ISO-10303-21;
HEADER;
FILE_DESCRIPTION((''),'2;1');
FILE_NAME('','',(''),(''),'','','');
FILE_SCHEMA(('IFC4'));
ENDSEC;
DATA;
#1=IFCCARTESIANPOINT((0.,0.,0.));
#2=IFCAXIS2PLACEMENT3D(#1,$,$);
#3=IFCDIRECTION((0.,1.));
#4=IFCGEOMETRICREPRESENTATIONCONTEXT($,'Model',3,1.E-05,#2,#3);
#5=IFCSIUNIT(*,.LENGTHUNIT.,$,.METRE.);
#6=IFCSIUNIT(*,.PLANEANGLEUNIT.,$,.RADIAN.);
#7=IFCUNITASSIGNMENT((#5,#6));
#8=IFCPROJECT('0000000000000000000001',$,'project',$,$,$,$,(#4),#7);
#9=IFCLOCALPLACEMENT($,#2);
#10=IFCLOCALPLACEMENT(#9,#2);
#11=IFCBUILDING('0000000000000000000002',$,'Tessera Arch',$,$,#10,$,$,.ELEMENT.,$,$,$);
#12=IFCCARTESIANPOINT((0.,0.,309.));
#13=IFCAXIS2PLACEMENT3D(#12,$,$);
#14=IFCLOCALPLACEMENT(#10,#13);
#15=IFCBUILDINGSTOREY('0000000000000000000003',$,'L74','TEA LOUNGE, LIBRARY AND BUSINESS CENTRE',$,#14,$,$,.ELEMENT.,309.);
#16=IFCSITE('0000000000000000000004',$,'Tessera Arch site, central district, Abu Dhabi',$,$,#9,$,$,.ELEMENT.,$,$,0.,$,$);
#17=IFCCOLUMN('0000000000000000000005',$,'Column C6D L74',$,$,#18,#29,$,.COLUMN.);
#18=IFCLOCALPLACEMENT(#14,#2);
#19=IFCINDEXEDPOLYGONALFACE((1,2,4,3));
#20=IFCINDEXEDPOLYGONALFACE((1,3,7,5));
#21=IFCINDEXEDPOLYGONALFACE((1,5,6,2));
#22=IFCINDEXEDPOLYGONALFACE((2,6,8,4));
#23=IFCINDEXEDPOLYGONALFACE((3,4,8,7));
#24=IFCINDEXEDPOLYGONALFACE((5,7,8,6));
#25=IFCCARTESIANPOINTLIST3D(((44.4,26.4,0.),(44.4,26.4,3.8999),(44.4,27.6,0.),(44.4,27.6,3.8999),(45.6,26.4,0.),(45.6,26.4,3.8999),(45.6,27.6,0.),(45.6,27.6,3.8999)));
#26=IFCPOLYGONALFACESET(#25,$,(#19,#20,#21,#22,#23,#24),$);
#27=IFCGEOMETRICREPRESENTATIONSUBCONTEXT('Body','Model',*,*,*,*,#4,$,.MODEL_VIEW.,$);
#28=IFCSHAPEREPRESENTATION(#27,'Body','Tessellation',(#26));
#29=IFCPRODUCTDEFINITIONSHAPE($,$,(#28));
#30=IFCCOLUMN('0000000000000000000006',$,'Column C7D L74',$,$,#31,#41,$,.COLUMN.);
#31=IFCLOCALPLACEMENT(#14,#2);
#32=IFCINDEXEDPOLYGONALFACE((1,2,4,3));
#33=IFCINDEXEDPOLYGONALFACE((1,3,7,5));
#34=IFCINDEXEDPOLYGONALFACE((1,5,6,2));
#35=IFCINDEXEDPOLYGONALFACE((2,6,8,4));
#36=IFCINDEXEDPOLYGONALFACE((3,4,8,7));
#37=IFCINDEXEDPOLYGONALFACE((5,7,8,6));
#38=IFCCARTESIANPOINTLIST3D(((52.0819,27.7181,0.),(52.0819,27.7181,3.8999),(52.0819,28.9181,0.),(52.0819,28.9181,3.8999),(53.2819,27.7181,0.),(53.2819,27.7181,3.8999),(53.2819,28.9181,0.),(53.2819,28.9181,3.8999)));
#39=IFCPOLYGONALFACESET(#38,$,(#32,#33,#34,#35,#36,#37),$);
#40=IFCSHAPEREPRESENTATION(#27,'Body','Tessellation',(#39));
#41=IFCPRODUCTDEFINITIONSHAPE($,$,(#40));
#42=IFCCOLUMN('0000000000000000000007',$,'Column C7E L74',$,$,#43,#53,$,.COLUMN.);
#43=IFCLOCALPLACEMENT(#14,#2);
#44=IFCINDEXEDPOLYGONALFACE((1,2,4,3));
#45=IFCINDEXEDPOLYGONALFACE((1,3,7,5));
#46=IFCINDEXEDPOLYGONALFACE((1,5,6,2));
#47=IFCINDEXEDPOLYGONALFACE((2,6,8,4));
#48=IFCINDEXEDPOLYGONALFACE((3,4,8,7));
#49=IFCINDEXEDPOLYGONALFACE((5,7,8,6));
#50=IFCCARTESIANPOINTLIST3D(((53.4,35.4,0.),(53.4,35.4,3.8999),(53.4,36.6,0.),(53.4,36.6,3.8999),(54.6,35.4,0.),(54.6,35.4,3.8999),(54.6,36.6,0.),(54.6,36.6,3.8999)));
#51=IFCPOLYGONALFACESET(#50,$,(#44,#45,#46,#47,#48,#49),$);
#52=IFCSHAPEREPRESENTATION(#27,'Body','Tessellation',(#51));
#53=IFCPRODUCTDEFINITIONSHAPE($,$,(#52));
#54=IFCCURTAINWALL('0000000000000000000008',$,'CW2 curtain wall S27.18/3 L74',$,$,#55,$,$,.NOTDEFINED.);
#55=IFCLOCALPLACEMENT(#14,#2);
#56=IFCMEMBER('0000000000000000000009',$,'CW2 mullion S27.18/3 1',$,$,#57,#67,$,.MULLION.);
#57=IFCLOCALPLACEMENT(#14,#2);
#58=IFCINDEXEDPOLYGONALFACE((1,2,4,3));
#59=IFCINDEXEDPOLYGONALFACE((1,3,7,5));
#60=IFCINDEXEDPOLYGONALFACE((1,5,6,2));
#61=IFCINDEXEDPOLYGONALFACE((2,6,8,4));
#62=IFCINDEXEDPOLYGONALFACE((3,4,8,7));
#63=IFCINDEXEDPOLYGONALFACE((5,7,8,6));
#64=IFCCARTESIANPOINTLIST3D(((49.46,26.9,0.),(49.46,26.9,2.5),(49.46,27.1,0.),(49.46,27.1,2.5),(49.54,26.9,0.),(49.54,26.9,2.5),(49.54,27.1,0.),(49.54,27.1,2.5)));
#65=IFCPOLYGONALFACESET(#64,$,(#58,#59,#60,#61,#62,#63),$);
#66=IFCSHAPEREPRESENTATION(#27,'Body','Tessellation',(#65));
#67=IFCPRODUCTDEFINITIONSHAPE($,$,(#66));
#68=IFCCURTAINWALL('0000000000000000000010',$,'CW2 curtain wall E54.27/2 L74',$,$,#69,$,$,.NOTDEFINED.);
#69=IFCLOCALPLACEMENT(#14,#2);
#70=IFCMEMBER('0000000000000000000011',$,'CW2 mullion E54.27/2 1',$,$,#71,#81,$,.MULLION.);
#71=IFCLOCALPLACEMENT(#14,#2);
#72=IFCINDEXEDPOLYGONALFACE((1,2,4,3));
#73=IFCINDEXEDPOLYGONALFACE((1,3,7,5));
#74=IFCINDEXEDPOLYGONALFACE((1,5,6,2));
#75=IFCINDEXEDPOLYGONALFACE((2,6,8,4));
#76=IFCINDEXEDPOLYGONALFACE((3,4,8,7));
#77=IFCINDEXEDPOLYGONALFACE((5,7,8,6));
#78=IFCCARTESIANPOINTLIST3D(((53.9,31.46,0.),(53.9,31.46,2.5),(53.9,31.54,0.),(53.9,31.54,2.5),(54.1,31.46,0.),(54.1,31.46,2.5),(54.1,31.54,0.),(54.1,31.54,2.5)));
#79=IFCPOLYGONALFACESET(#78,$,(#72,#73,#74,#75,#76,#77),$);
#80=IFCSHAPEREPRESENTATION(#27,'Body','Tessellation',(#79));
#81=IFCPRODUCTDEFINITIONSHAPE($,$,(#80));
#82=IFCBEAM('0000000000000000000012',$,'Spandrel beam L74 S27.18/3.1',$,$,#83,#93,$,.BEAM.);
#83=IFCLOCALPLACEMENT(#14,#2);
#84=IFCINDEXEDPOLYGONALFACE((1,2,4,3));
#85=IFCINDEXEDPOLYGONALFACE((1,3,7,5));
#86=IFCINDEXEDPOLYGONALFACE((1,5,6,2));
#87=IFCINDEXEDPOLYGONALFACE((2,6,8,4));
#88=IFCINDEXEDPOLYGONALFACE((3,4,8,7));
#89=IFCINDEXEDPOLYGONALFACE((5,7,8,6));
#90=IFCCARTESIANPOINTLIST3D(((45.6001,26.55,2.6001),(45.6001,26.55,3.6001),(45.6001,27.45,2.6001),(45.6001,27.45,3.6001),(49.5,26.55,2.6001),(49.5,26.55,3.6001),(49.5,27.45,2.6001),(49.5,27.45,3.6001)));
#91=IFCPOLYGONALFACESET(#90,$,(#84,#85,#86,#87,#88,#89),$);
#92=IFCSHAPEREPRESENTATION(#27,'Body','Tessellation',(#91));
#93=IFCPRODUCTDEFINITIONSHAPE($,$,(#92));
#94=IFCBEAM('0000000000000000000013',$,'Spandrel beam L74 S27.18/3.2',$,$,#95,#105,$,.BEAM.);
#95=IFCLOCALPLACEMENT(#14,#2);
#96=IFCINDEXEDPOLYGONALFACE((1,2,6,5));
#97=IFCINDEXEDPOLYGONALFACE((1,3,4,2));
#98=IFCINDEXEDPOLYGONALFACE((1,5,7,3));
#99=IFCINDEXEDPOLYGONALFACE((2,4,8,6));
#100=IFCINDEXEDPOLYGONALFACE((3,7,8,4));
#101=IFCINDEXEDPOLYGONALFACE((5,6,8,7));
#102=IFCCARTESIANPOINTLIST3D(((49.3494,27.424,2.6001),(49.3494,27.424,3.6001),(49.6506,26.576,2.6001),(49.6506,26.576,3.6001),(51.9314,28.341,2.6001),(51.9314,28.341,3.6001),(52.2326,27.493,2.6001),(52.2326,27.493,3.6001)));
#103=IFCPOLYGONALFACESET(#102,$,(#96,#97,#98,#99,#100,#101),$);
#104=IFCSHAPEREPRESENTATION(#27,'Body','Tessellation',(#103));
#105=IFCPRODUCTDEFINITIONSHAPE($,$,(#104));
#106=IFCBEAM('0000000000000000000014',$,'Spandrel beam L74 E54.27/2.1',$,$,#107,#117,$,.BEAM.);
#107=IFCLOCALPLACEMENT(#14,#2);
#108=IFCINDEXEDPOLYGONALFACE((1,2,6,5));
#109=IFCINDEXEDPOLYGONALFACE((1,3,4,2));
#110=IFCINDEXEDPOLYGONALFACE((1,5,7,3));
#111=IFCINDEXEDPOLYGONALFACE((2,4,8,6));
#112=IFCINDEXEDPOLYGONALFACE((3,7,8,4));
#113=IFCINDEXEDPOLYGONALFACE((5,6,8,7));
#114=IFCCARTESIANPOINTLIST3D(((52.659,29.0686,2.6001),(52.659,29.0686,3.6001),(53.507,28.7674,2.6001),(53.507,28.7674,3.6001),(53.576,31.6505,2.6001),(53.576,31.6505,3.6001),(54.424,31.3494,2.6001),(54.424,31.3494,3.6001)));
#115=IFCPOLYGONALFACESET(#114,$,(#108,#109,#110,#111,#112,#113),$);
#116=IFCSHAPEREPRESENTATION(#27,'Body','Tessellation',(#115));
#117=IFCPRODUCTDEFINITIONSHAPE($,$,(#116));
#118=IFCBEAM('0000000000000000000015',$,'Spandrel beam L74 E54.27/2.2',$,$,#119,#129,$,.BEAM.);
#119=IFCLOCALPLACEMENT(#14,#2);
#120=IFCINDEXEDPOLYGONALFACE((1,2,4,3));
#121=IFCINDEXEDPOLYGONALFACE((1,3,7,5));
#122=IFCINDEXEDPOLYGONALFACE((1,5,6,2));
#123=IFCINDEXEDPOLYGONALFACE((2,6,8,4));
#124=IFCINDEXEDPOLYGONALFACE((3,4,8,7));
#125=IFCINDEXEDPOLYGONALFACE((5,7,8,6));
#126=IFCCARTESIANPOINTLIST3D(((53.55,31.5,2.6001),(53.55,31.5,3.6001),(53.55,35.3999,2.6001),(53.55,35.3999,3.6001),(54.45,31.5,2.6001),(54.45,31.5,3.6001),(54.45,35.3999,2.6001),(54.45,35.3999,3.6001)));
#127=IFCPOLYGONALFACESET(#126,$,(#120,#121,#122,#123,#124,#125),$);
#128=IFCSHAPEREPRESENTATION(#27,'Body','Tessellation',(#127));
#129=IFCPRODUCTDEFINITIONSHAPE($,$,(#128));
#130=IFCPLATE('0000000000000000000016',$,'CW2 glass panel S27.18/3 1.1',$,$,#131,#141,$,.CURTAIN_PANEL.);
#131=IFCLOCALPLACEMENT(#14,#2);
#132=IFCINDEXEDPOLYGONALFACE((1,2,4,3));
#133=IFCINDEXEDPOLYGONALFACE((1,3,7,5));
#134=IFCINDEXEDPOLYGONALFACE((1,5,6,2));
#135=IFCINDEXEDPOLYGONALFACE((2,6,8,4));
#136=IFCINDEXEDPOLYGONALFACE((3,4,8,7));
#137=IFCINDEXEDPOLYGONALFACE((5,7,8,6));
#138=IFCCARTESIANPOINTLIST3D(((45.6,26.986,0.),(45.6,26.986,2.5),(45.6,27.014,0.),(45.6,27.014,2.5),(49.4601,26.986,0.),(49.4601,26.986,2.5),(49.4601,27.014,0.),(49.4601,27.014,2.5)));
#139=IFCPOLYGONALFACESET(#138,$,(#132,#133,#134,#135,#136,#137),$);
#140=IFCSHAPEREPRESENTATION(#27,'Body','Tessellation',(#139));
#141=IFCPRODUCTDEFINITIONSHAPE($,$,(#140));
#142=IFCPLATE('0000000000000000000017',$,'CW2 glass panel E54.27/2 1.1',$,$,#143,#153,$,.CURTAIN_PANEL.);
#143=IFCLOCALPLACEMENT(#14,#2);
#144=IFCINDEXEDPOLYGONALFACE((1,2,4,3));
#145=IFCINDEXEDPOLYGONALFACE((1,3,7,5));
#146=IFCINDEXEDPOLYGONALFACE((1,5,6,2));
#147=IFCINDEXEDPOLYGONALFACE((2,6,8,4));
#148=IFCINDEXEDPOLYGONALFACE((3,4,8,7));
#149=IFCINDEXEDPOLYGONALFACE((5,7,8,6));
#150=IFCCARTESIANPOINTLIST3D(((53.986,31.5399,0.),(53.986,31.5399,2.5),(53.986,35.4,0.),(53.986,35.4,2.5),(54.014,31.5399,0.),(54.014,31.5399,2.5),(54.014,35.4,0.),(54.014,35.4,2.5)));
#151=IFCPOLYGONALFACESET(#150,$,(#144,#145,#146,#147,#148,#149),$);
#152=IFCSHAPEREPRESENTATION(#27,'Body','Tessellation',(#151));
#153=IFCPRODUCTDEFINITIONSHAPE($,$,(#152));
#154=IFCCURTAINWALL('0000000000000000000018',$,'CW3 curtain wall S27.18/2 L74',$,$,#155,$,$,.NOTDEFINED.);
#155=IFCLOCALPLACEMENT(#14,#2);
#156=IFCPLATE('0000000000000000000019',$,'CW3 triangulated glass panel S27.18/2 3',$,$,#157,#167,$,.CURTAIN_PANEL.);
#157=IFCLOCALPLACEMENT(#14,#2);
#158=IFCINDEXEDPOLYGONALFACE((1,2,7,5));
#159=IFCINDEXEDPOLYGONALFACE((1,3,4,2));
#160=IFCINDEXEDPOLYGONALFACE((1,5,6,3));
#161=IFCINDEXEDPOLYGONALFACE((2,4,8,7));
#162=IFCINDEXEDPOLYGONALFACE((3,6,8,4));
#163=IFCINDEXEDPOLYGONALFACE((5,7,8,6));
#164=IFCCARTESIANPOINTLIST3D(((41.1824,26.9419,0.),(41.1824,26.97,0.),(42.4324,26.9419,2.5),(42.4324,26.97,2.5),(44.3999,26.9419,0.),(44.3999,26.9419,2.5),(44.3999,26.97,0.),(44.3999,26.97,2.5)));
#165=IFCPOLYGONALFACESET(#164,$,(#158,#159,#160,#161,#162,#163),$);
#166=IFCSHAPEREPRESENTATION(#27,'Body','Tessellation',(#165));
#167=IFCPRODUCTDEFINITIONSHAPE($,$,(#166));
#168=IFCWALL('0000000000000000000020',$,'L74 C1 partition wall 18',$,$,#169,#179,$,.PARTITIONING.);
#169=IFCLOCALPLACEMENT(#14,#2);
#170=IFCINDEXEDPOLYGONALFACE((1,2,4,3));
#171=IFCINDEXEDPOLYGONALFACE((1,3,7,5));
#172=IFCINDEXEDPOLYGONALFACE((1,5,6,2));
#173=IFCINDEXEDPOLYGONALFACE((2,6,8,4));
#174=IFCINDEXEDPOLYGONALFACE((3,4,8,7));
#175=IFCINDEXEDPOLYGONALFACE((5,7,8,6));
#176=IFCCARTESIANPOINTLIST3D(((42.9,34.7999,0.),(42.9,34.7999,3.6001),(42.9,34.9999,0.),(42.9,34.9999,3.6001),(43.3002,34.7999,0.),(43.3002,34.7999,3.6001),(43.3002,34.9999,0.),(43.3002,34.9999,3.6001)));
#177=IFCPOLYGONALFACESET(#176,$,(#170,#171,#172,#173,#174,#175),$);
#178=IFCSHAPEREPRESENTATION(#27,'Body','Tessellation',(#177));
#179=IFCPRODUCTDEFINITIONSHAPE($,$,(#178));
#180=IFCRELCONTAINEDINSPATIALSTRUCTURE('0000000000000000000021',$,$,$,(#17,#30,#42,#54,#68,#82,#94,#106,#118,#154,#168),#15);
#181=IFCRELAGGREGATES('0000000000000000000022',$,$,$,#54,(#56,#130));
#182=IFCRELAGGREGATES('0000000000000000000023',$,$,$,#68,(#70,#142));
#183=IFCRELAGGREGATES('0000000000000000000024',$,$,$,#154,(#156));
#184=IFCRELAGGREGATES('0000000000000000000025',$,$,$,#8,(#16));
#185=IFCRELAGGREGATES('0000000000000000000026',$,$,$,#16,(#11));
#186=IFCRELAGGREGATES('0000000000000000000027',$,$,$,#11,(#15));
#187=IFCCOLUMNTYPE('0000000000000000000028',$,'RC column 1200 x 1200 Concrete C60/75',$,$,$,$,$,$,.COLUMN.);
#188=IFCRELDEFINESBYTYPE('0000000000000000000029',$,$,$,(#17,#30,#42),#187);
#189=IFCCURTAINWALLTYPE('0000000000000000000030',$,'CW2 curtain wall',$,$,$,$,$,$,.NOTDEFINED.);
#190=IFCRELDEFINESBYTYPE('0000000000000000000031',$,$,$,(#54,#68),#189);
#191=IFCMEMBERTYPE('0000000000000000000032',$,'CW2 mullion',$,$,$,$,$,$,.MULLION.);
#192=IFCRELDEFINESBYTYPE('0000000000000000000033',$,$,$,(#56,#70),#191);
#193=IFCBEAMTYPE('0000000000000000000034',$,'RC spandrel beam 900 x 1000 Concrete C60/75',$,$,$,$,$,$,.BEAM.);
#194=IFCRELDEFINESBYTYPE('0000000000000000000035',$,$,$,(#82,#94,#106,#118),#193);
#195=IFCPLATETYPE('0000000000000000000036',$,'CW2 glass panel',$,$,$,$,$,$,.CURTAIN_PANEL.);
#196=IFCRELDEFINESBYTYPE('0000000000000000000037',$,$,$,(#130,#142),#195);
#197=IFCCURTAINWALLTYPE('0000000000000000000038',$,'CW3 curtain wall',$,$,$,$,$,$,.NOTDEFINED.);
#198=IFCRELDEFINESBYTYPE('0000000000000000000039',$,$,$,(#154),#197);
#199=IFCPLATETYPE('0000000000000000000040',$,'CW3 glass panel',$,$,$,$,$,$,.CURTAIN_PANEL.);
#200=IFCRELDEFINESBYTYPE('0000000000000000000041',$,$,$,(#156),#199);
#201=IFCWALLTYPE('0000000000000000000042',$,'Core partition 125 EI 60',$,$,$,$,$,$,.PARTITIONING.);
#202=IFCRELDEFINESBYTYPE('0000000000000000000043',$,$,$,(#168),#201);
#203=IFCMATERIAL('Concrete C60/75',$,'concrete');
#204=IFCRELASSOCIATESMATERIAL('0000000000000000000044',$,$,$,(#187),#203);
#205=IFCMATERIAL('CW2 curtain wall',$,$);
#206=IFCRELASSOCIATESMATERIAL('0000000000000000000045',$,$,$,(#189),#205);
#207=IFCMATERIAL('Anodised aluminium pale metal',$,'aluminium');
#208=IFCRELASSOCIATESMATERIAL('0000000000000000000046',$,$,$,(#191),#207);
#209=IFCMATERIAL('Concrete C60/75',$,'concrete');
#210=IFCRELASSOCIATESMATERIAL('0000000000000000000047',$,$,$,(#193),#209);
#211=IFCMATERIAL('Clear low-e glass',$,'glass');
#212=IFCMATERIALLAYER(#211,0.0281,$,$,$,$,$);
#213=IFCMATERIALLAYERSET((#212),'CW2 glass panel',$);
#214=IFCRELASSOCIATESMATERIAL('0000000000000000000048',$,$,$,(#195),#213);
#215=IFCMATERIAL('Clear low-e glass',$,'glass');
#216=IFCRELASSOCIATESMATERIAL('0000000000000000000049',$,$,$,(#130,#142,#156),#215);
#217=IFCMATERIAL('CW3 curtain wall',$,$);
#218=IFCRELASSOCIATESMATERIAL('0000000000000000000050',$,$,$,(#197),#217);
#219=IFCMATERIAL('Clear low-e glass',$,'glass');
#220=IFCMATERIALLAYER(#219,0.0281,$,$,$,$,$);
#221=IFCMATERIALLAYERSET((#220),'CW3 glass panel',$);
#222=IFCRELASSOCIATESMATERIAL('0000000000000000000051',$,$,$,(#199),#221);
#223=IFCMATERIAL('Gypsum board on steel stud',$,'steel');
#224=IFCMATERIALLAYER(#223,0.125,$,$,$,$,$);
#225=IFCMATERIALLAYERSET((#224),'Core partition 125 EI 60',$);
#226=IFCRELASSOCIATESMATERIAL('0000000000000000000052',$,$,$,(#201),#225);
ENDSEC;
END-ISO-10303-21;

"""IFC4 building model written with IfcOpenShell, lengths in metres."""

from ifc_helpers import new_model, si_unit, direction, frame, frame_2d, origin, origin_2d, place, context, subcontext, project, spatial, polyline, rectangle, outline, extrude, material, layer, layer_set, material_profile, profile_set, type_object, element, aggregate, save


model = new_model("IFC4")

# Units and contexts
model_context = context("Model", 3, precision=1e-05, world=origin(), true_north=direction((0.0, 1.0)))
body_context = subcontext(model_context, "Body", "Model", "MODEL_VIEW")
ifc_project = project(units=[si_unit("LENGTHUNIT", "METRE"), si_unit("PLANEANGLEUNIT", "RADIAN")], contexts=[model_context])

# Site, building, storey
site_placement = place(None, origin())
site = spatial("IfcSite", under=ifc_project, at=site_placement, Name="Tessera Arch site, central district, Abu Dhabi", CompositionType="ELEMENT", RefElevation=0.0)
building_placement = place(site_placement, origin())
building = spatial("IfcBuilding", under=site, at=building_placement, Name="Tessera Arch", CompositionType="ELEMENT")
storey_placement = place(building_placement, frame((0.0, 0.0, 309.0)))
storey = spatial("IfcBuildingStorey", under=building, at=storey_placement, Name="L74", Description="TEA LOUNGE, LIBRARY AND BUSINESS CENTRE", CompositionType="ELEMENT", Elevation=309.0)

# Columns
ifc_material_1 = material(Name="Concrete C60/75", Category="concrete")
ifc_material_profile_1 = material_profile(ifc_material_1, rectangle(XDim=1.2, YDim=1.2, at=origin_2d()), Name="RC column 1200 x 1200 Concrete C60/75")
ifc_profile_set_1 = profile_set([ifc_material_profile_1], Name="Concrete C60/75")
column_type = type_object("IfcColumnType", Name="RC column 1200 x 1200 Concrete C60/75", PredefinedType="COLUMN", material=ifc_profile_set_1)
for number, where, z_axis, x_axis, name in (
    (1, (45.0, 27.0, 0.0), (0.0, 0.0, 1.0), (1.0, 0.0, 0.0), "Column C6D L74"),
    (2, (52.6819, 28.3181, 0.0), (0.0, 0.0, 1.0), (1.0, 0.0, 0.0), "Column C7D L74"),
    (3, (54.0, 36.0, 0.0), (0.0, 0.0, 1.0), (1.0, 0.0, 0.0), "Column C7E L74"),
):
    element("IfcColumn", number, at=place(storey_placement, frame(where, z_axis=z_axis, x_axis=x_axis)), inside=storey, type_object=column_type, Name=name, PredefinedType="COLUMN", context=body_context, shape_type="SweptSolid", body=[
        extrude(rectangle(XDim=1.2, YDim=1.2, at=origin_2d()), origin(), (0.0, 0.0, 1.0), 3.8999),
    ])

# Curtain walls, members
ifc_material_2 = material(Name="CW2 curtain wall")
curtain_wall_type_1 = type_object("IfcCurtainWallType", Name="CW2 curtain wall", PredefinedType="NOTDEFINED", material=ifc_material_2)
curtain_wall_1_placement = place(storey_placement, origin())
curtain_wall_1 = element("IfcCurtainWall", 4, at=curtain_wall_1_placement, inside=storey, type_object=curtain_wall_type_1, Name="CW2 curtain wall S27.18/3 L74", PredefinedType="NOTDEFINED")
ifc_material_3 = material(Name="Anodised aluminium pale metal", Category="aluminium")
ifc_material_profile_2 = material_profile(ifc_material_3, rectangle(XDim=0.2, YDim=0.0801, at=origin_2d()), Name="AL 80x200")
ifc_profile_set_2 = profile_set([ifc_material_profile_2], Name="Anodised aluminium pale metal")
member_type = type_object("IfcMemberType", Name="CW2 mullion", PredefinedType="MULLION", material=ifc_profile_set_2)
member_1_placement = place(storey_placement, frame((49.5, 27.0, 0.0), z_axis=(0.0, 0.0, 1.0), x_axis=(0.0, 1.0, 0.0)))
member_1 = element("IfcMember", 5, at=member_1_placement, type_object=member_type, Name="CW2 mullion S27.18/3 1", PredefinedType="MULLION", context=body_context, shape_type="SweptSolid", body=[
    extrude(rectangle(XDim=0.2, YDim=0.0801, at=origin_2d()), origin(), (0.0, 0.0, 1.0), 2.5),
])
curtain_wall_2_placement = place(storey_placement, origin())
curtain_wall_2 = element("IfcCurtainWall", 6, at=curtain_wall_2_placement, inside=storey, type_object=curtain_wall_type_1, Name="CW2 curtain wall E54.27/2 L74", PredefinedType="NOTDEFINED")
member_2_placement = place(storey_placement, frame((54.0, 31.5, 0.0), z_axis=(0.0, 0.0, 1.0), x_axis=(-1.0, 0.0, 0.0)))
member_2 = element("IfcMember", 7, at=member_2_placement, type_object=member_type, Name="CW2 mullion E54.27/2 1", PredefinedType="MULLION", context=body_context, shape_type="SweptSolid", body=[
    extrude(rectangle(XDim=0.2, YDim=0.0801, at=origin_2d()), origin(), (0.0, 0.0, 1.0), 2.5),
])

# Beams
ifc_material_4 = material(Name="Concrete C60/75", Category="concrete")
ifc_material_profile_3 = material_profile(ifc_material_4, rectangle(XDim=0.8999, YDim=1.0, at=origin_2d()), Name="RC spandrel beam 900 x 1000 Concrete C60/75")
ifc_profile_set_3 = profile_set([ifc_material_profile_3], Name="Concrete C60/75")
beam_type = type_object("IfcBeamType", Name="RC spandrel beam 900 x 1000 Concrete C60/75", PredefinedType="BEAM", material=ifc_profile_set_3)
beam_1_placement = place(storey_placement, frame((45.6001, 27.0, 3.1001), z_axis=(1.0, 0.0, 0.0), x_axis=(0.0, 1.0, 0.0)))
element("IfcBeam", 8, at=beam_1_placement, inside=storey, type_object=beam_type, Name="Spandrel beam L74 S27.18/3.1", PredefinedType="BEAM", context=body_context, shape_type="SweptSolid", body=[
    extrude(rectangle(XDim=0.8999, YDim=1.0, at=origin_2d()), origin(), (0.0, 0.0, 1.0), 3.8999),
])
for number, where, z_axis, x_axis, name in (
    (9, (49.5, 27.0, 3.1001), (0.942337, 0.334665, 0.0), (-0.334665, 0.942337, 0.0), "Spandrel beam L74 S27.18/3.2"),
    (10, (53.083, 28.918, 3.1001), (0.334665, 0.942337, 0.0), (-0.942337, 0.334665, 0.0), "Spandrel beam L74 E54.27/2.1"),
):
    element("IfcBeam", number, at=place(storey_placement, frame(where, z_axis=z_axis, x_axis=x_axis)), inside=storey, type_object=beam_type, Name=name, PredefinedType="BEAM", context=body_context, shape_type="SweptSolid", body=[
        extrude(rectangle(XDim=0.8999, YDim=1.0, at=origin_2d()), origin(), (0.0, 0.0, 1.0), 2.74),
    ])
beam_2_placement = place(storey_placement, frame((54.0, 31.5, 3.1001), z_axis=(0.0, 1.0, 0.0), x_axis=(-1.0, 0.0, 0.0)))
element("IfcBeam", 11, at=beam_2_placement, inside=storey, type_object=beam_type, Name="Spandrel beam L74 E54.27/2.2", PredefinedType="BEAM", context=body_context, shape_type="SweptSolid", body=[
    extrude(rectangle(XDim=0.8999, YDim=1.0, at=origin_2d()), origin(), (0.0, 0.0, 1.0), 3.8999),
])

# Plates
ifc_material_5 = material(Name="Clear low-e glass", Category="glass")
ifc_material_6 = material(Name="Clear low-e glass", Category="glass")
ifc_layer_1 = layer(ifc_material_6, 0.0281)
ifc_layer_set_1 = layer_set([ifc_layer_1], Name="CW2 glass panel")
plate_type_1 = type_object("IfcPlateType", Name="CW2 glass panel", PredefinedType="CURTAIN_PANEL", material=ifc_layer_set_1)
plate_1_placement = place(storey_placement, frame((47.53, 27.0, 0.0), z_axis=(0.0, 0.0, 1.0), x_axis=(1.0, 0.0, 0.0)))
plate_1 = element("IfcPlate", 12, at=plate_1_placement, type_object=plate_type_1, material=ifc_material_5, Name="CW2 glass panel S27.18/3 1.1", PredefinedType="CURTAIN_PANEL", context=body_context, shape_type="SweptSolid", body=[
    extrude(rectangle(XDim=3.8601, YDim=0.0281, at=origin_2d()), origin(), (0.0, 0.0, 1.0), 2.5),
])
aggregate(curtain_wall_1, [member_1, plate_1])
plate_2_placement = place(storey_placement, frame((54.0, 33.47, 0.0), z_axis=(0.0, 0.0, 1.0), x_axis=(0.0, 1.0, 0.0)))
plate_2 = element("IfcPlate", 13, at=plate_2_placement, type_object=plate_type_1, material=ifc_material_5, Name="CW2 glass panel E54.27/2 1.1", PredefinedType="CURTAIN_PANEL", context=body_context, shape_type="SweptSolid", body=[
    extrude(rectangle(XDim=3.8601, YDim=0.0281, at=origin_2d()), origin(), (0.0, 0.0, 1.0), 2.5),
])
aggregate(curtain_wall_2, [member_2, plate_2])

# Curtain wall, plate
ifc_material_7 = material(Name="CW3 curtain wall")
curtain_wall_type_2 = type_object("IfcCurtainWallType", Name="CW3 curtain wall", PredefinedType="NOTDEFINED", material=ifc_material_7)
curtain_wall_3_placement = place(storey_placement, origin())
curtain_wall_3 = element("IfcCurtainWall", 14, at=curtain_wall_3_placement, inside=storey, type_object=curtain_wall_type_2, Name="CW3 curtain wall S27.18/2 L74", PredefinedType="NOTDEFINED")
ifc_material_8 = material(Name="Clear low-e glass", Category="glass")
ifc_layer_2 = layer(ifc_material_8, 0.0281)
ifc_layer_set_2 = layer_set([ifc_layer_2], Name="CW3 glass panel")
plate_type_2 = type_object("IfcPlateType", Name="CW3 glass panel", PredefinedType="CURTAIN_PANEL", material=ifc_layer_set_2)
plate_3_placement = place(storey_placement, frame((44.3999, 26.9419, 2.5), z_axis=(0.0, -1.0, 0.0), x_axis=(-1.0, 0.0, 0.0)))
plate_3 = element("IfcPlate", 15, at=plate_3_placement, type_object=plate_type_2, material=ifc_material_5, Name="CW3 triangulated glass panel S27.18/2 3", PredefinedType="CURTAIN_PANEL", context=body_context, shape_type="SweptSolid", body=[
    extrude(outline(polyline([(0.0, 0.0), (1.9675, 0.0), (3.2175, 2.5), (0.0, 2.5), (0.0, 0.0)])), origin(), (0.0, 0.0, -1.0), 0.0281),
])
aggregate(curtain_wall_3, [plate_3])

# Wall
ifc_material_9 = material(Name="Gypsum board on steel stud", Category="steel")
ifc_layer_3 = layer(ifc_material_9, 0.125)
ifc_layer_set_3 = layer_set([ifc_layer_3], Name="Core partition 125 EI 60")
wall_type_1 = type_object("IfcWallType", Name="Core partition 125 EI 60", PredefinedType="PARTITIONING", material=ifc_layer_set_3)
wall_1_placement = place(storey_placement, frame((42.8999, 34.8999, 0.0), z_axis=(0.0, 0.0, 1.0), x_axis=(1.0, 0.0, 0.0)))
element("IfcWall", 16, at=wall_1_placement, inside=storey, type_object=wall_type_1, Name="L74 C1 partition wall 18", PredefinedType="PARTITIONING", context=body_context, shape_type="SweptSolid", body=[
    extrude(rectangle(XDim=0.4001, YDim=0.2, at=frame_2d((0.2002, 0.0))), origin(), (0.0, 0.0, 1.0), 3.6001),
])

save(model, "model.ifc")
